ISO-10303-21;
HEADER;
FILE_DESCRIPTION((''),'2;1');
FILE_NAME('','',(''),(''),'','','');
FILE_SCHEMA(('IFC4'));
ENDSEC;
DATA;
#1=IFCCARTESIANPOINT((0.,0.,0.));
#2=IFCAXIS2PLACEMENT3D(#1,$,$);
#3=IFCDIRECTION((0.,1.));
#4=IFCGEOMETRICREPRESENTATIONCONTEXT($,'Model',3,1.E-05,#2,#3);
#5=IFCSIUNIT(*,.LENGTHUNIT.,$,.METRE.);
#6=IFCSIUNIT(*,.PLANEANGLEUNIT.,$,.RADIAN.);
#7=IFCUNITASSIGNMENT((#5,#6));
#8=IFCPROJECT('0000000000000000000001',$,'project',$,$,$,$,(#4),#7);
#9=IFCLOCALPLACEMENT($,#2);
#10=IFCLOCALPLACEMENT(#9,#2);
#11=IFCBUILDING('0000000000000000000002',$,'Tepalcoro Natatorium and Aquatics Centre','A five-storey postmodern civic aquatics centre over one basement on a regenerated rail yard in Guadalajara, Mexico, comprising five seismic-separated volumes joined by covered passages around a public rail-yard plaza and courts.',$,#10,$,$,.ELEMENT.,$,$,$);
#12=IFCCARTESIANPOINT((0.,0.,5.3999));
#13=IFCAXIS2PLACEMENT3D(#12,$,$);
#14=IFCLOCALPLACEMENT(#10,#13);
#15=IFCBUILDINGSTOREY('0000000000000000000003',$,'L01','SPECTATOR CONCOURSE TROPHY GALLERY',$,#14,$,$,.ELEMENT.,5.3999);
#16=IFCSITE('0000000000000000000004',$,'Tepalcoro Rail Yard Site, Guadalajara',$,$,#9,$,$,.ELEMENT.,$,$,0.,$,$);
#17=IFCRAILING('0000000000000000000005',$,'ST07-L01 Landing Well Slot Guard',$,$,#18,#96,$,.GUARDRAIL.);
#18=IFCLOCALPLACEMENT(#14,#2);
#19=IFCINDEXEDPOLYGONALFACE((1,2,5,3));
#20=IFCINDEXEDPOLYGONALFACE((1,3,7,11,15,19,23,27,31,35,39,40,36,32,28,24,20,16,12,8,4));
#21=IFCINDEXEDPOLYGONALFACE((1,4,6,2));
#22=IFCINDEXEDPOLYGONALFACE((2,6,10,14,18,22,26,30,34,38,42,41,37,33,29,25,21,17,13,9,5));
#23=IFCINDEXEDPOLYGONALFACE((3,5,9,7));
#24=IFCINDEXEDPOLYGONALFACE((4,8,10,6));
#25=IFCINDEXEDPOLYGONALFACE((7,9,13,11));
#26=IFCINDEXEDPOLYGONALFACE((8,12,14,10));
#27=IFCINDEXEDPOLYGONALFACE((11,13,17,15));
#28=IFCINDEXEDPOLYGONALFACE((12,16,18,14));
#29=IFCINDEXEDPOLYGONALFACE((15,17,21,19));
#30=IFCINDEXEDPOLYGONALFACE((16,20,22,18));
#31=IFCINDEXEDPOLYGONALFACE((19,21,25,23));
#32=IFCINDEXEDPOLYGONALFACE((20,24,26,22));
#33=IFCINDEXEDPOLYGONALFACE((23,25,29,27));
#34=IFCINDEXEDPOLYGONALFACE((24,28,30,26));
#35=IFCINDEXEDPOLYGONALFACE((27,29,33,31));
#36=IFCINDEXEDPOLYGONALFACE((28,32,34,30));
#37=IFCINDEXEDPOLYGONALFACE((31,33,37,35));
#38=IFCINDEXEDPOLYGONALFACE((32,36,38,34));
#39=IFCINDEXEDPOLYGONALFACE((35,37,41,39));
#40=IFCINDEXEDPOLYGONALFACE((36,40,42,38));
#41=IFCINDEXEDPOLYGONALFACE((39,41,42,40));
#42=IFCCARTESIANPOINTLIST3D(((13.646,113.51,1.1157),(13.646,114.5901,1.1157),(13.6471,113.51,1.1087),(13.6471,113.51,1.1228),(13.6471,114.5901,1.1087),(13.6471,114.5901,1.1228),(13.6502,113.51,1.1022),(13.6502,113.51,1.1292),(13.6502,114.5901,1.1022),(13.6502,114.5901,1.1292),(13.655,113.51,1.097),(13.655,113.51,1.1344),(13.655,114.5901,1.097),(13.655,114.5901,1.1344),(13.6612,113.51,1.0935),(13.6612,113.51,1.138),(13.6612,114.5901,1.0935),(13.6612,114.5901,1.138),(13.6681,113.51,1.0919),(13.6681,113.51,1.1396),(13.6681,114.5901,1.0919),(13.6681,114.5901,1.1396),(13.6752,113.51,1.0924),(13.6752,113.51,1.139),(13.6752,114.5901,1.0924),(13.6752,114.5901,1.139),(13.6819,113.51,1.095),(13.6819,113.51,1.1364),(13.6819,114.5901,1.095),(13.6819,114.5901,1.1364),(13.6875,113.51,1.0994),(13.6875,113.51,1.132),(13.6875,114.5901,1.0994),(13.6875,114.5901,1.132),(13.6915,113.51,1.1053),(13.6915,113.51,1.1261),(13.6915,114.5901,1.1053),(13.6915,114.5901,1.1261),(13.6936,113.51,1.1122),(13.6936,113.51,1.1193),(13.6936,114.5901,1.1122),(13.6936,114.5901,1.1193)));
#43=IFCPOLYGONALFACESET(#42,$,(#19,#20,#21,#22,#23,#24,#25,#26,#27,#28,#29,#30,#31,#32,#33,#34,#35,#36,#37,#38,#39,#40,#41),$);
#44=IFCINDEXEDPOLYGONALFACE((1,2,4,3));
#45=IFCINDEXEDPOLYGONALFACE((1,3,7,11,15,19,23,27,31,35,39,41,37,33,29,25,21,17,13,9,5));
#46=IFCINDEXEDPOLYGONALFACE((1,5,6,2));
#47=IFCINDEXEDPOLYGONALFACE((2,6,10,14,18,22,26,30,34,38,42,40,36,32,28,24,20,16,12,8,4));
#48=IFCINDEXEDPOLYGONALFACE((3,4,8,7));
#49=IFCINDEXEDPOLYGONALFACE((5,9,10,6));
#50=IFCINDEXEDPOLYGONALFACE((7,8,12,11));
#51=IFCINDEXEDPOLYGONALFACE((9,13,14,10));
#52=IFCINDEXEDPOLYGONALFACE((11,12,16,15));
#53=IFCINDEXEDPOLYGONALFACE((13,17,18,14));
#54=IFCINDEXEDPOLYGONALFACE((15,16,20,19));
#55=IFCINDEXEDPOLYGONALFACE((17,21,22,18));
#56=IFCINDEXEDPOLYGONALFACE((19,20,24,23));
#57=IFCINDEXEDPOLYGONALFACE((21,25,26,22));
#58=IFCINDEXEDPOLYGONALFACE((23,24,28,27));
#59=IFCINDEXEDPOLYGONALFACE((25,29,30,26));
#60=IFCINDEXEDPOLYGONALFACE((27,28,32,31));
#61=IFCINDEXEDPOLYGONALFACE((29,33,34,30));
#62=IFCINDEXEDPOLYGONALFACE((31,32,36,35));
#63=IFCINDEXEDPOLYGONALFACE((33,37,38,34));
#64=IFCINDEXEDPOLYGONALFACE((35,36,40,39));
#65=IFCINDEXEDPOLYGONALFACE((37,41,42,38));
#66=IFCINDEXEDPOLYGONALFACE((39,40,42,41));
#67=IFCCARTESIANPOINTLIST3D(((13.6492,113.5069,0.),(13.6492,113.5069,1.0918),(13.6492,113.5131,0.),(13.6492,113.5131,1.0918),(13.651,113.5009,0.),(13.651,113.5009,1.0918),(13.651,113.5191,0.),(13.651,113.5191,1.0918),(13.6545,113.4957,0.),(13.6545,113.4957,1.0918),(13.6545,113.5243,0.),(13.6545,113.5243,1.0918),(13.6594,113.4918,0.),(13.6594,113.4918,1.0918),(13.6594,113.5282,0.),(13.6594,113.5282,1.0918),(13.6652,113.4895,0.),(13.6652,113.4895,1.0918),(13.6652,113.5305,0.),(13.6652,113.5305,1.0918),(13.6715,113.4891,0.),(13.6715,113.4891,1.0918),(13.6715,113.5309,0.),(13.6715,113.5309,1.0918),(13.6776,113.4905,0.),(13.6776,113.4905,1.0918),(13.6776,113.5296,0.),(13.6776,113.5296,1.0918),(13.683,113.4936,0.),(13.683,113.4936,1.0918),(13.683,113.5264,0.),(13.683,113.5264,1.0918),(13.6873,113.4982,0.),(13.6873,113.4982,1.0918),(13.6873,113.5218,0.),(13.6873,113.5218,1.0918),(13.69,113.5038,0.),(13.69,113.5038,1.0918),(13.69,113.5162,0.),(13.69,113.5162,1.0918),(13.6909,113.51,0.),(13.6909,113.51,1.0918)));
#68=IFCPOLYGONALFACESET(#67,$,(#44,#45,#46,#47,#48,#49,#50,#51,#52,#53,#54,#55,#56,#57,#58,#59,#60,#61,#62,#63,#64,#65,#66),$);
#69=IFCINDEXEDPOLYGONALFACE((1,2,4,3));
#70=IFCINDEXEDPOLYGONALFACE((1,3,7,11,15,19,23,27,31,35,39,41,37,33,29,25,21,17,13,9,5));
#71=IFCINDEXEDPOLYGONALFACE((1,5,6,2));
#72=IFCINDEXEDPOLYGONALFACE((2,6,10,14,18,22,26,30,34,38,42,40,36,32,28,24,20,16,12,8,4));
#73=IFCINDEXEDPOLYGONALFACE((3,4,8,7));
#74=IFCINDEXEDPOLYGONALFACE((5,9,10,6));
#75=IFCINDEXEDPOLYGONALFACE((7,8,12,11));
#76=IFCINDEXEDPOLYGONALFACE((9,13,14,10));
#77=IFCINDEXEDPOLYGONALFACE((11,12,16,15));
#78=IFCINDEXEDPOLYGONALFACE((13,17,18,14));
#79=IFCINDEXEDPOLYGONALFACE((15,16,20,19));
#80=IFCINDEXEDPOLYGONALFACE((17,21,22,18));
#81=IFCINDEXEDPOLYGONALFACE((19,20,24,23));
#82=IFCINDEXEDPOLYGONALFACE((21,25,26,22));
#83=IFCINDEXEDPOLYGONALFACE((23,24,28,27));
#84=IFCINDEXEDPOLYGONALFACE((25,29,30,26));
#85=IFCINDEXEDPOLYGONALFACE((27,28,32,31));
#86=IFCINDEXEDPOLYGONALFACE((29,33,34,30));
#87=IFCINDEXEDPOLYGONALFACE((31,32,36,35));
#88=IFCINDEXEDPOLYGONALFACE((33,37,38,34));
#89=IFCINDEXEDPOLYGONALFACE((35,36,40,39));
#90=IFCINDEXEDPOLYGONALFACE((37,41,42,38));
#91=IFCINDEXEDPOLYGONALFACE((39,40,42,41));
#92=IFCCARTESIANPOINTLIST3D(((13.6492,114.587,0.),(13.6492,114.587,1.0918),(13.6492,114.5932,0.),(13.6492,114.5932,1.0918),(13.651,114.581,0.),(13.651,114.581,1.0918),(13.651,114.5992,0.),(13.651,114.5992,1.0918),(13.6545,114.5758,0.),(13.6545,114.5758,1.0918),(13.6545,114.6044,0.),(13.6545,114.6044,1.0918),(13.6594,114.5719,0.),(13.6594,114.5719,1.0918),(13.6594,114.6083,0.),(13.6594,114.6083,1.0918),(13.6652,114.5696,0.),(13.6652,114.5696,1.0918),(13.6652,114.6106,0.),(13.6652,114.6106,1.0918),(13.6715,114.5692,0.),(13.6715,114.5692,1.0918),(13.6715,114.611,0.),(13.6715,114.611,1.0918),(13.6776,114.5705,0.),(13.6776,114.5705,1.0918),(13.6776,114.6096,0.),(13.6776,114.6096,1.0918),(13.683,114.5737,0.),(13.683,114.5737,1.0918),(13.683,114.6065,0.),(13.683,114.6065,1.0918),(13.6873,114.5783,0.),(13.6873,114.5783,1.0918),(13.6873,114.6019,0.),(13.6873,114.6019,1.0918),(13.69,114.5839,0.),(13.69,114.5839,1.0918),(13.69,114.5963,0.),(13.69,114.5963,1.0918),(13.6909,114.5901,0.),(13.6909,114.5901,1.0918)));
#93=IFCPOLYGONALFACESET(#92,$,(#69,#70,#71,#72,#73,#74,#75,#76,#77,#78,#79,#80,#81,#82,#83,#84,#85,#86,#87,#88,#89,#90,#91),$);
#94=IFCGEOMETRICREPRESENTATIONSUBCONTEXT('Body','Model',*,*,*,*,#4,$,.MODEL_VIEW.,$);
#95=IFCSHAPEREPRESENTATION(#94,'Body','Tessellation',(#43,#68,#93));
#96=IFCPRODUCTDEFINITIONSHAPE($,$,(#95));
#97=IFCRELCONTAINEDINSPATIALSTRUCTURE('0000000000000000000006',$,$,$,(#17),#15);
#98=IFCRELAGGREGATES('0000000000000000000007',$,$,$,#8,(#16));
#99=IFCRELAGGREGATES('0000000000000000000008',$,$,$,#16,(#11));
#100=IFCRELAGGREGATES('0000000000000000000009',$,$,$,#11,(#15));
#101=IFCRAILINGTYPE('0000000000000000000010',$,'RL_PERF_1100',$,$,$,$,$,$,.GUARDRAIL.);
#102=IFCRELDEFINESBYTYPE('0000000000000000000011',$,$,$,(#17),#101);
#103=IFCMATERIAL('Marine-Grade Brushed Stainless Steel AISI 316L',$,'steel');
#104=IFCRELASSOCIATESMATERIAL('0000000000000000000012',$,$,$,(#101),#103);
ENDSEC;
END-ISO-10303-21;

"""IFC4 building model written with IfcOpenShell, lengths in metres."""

from ifc_helpers import new_model, si_unit, direction, frame, origin, origin_2d, place, context, subcontext, project, spatial, circle, extrude, material, type_object, element, save


model = new_model("IFC4")

# Units and contexts
model_context = context("Model", 3, precision=1e-05, world=origin(), true_north=direction((0.0, 1.0)))
body_context = subcontext(model_context, "Body", "Model", "MODEL_VIEW")
ifc_project = project(units=[si_unit("LENGTHUNIT", "METRE"), si_unit("PLANEANGLEUNIT", "RADIAN")], contexts=[model_context])

# Site, building, storey
site_placement = place(None, origin())
site = spatial("IfcSite", under=ifc_project, at=site_placement, Name="Tepalcoro Rail Yard Site, Guadalajara", CompositionType="ELEMENT", RefElevation=0.0)
building_placement = place(site_placement, origin())
building = spatial("IfcBuilding", under=site, at=building_placement, Name="Tepalcoro Natatorium and Aquatics Centre", Description="A five-storey postmodern civic aquatics centre over one basement on a regenerated rail yard in Guadalajara, Mexico, comprising five seismic-separated volumes joined by covered passages around a public rail-yard plaza and courts.", CompositionType="ELEMENT")
storey_placement = place(building_placement, frame((0.0, 0.0, 5.3999)))
storey = spatial("IfcBuildingStorey", under=building, at=storey_placement, Name="L01", Description="SPECTATOR CONCOURSE TROPHY GALLERY", CompositionType="ELEMENT", Elevation=5.3999)

# Railing
ifc_material_1 = material(Name="Marine-Grade Brushed Stainless Steel AISI 316L", Category="steel")
railing_type_1 = type_object("IfcRailingType", Name="RL_PERF_1100", PredefinedType="GUARDRAIL", material=ifc_material_1)
railing_1_placement = place(storey_placement, frame((13.6699, 113.51, 0.0)))
element("IfcRailing", 1, at=railing_1_placement, inside=storey, type_object=railing_type_1, Name="ST07-L01 Landing Well Slot Guard", PredefinedType="GUARDRAIL", context=body_context, shape_type="SweptSolid", body=[
    extrude(circle(Radius=0.0239, at=origin_2d()), frame((0.0, 0.0, 1.1157), z_axis=(0.0, 1.0, 0.0), x_axis=(-1.0, 0.0, 0.0)), (0.0, 0.0, 1.0), 1.0801),
    extrude(circle(Radius=0.021, at=origin_2d()), origin(), (0.0, 0.0, 1.0), 1.0918),
    extrude(circle(Radius=0.021, at=origin_2d()), frame((0.0, 1.0801, 0.0)), (0.0, 0.0, 1.0), 1.0918),
])

save(model, "model.ifc")
